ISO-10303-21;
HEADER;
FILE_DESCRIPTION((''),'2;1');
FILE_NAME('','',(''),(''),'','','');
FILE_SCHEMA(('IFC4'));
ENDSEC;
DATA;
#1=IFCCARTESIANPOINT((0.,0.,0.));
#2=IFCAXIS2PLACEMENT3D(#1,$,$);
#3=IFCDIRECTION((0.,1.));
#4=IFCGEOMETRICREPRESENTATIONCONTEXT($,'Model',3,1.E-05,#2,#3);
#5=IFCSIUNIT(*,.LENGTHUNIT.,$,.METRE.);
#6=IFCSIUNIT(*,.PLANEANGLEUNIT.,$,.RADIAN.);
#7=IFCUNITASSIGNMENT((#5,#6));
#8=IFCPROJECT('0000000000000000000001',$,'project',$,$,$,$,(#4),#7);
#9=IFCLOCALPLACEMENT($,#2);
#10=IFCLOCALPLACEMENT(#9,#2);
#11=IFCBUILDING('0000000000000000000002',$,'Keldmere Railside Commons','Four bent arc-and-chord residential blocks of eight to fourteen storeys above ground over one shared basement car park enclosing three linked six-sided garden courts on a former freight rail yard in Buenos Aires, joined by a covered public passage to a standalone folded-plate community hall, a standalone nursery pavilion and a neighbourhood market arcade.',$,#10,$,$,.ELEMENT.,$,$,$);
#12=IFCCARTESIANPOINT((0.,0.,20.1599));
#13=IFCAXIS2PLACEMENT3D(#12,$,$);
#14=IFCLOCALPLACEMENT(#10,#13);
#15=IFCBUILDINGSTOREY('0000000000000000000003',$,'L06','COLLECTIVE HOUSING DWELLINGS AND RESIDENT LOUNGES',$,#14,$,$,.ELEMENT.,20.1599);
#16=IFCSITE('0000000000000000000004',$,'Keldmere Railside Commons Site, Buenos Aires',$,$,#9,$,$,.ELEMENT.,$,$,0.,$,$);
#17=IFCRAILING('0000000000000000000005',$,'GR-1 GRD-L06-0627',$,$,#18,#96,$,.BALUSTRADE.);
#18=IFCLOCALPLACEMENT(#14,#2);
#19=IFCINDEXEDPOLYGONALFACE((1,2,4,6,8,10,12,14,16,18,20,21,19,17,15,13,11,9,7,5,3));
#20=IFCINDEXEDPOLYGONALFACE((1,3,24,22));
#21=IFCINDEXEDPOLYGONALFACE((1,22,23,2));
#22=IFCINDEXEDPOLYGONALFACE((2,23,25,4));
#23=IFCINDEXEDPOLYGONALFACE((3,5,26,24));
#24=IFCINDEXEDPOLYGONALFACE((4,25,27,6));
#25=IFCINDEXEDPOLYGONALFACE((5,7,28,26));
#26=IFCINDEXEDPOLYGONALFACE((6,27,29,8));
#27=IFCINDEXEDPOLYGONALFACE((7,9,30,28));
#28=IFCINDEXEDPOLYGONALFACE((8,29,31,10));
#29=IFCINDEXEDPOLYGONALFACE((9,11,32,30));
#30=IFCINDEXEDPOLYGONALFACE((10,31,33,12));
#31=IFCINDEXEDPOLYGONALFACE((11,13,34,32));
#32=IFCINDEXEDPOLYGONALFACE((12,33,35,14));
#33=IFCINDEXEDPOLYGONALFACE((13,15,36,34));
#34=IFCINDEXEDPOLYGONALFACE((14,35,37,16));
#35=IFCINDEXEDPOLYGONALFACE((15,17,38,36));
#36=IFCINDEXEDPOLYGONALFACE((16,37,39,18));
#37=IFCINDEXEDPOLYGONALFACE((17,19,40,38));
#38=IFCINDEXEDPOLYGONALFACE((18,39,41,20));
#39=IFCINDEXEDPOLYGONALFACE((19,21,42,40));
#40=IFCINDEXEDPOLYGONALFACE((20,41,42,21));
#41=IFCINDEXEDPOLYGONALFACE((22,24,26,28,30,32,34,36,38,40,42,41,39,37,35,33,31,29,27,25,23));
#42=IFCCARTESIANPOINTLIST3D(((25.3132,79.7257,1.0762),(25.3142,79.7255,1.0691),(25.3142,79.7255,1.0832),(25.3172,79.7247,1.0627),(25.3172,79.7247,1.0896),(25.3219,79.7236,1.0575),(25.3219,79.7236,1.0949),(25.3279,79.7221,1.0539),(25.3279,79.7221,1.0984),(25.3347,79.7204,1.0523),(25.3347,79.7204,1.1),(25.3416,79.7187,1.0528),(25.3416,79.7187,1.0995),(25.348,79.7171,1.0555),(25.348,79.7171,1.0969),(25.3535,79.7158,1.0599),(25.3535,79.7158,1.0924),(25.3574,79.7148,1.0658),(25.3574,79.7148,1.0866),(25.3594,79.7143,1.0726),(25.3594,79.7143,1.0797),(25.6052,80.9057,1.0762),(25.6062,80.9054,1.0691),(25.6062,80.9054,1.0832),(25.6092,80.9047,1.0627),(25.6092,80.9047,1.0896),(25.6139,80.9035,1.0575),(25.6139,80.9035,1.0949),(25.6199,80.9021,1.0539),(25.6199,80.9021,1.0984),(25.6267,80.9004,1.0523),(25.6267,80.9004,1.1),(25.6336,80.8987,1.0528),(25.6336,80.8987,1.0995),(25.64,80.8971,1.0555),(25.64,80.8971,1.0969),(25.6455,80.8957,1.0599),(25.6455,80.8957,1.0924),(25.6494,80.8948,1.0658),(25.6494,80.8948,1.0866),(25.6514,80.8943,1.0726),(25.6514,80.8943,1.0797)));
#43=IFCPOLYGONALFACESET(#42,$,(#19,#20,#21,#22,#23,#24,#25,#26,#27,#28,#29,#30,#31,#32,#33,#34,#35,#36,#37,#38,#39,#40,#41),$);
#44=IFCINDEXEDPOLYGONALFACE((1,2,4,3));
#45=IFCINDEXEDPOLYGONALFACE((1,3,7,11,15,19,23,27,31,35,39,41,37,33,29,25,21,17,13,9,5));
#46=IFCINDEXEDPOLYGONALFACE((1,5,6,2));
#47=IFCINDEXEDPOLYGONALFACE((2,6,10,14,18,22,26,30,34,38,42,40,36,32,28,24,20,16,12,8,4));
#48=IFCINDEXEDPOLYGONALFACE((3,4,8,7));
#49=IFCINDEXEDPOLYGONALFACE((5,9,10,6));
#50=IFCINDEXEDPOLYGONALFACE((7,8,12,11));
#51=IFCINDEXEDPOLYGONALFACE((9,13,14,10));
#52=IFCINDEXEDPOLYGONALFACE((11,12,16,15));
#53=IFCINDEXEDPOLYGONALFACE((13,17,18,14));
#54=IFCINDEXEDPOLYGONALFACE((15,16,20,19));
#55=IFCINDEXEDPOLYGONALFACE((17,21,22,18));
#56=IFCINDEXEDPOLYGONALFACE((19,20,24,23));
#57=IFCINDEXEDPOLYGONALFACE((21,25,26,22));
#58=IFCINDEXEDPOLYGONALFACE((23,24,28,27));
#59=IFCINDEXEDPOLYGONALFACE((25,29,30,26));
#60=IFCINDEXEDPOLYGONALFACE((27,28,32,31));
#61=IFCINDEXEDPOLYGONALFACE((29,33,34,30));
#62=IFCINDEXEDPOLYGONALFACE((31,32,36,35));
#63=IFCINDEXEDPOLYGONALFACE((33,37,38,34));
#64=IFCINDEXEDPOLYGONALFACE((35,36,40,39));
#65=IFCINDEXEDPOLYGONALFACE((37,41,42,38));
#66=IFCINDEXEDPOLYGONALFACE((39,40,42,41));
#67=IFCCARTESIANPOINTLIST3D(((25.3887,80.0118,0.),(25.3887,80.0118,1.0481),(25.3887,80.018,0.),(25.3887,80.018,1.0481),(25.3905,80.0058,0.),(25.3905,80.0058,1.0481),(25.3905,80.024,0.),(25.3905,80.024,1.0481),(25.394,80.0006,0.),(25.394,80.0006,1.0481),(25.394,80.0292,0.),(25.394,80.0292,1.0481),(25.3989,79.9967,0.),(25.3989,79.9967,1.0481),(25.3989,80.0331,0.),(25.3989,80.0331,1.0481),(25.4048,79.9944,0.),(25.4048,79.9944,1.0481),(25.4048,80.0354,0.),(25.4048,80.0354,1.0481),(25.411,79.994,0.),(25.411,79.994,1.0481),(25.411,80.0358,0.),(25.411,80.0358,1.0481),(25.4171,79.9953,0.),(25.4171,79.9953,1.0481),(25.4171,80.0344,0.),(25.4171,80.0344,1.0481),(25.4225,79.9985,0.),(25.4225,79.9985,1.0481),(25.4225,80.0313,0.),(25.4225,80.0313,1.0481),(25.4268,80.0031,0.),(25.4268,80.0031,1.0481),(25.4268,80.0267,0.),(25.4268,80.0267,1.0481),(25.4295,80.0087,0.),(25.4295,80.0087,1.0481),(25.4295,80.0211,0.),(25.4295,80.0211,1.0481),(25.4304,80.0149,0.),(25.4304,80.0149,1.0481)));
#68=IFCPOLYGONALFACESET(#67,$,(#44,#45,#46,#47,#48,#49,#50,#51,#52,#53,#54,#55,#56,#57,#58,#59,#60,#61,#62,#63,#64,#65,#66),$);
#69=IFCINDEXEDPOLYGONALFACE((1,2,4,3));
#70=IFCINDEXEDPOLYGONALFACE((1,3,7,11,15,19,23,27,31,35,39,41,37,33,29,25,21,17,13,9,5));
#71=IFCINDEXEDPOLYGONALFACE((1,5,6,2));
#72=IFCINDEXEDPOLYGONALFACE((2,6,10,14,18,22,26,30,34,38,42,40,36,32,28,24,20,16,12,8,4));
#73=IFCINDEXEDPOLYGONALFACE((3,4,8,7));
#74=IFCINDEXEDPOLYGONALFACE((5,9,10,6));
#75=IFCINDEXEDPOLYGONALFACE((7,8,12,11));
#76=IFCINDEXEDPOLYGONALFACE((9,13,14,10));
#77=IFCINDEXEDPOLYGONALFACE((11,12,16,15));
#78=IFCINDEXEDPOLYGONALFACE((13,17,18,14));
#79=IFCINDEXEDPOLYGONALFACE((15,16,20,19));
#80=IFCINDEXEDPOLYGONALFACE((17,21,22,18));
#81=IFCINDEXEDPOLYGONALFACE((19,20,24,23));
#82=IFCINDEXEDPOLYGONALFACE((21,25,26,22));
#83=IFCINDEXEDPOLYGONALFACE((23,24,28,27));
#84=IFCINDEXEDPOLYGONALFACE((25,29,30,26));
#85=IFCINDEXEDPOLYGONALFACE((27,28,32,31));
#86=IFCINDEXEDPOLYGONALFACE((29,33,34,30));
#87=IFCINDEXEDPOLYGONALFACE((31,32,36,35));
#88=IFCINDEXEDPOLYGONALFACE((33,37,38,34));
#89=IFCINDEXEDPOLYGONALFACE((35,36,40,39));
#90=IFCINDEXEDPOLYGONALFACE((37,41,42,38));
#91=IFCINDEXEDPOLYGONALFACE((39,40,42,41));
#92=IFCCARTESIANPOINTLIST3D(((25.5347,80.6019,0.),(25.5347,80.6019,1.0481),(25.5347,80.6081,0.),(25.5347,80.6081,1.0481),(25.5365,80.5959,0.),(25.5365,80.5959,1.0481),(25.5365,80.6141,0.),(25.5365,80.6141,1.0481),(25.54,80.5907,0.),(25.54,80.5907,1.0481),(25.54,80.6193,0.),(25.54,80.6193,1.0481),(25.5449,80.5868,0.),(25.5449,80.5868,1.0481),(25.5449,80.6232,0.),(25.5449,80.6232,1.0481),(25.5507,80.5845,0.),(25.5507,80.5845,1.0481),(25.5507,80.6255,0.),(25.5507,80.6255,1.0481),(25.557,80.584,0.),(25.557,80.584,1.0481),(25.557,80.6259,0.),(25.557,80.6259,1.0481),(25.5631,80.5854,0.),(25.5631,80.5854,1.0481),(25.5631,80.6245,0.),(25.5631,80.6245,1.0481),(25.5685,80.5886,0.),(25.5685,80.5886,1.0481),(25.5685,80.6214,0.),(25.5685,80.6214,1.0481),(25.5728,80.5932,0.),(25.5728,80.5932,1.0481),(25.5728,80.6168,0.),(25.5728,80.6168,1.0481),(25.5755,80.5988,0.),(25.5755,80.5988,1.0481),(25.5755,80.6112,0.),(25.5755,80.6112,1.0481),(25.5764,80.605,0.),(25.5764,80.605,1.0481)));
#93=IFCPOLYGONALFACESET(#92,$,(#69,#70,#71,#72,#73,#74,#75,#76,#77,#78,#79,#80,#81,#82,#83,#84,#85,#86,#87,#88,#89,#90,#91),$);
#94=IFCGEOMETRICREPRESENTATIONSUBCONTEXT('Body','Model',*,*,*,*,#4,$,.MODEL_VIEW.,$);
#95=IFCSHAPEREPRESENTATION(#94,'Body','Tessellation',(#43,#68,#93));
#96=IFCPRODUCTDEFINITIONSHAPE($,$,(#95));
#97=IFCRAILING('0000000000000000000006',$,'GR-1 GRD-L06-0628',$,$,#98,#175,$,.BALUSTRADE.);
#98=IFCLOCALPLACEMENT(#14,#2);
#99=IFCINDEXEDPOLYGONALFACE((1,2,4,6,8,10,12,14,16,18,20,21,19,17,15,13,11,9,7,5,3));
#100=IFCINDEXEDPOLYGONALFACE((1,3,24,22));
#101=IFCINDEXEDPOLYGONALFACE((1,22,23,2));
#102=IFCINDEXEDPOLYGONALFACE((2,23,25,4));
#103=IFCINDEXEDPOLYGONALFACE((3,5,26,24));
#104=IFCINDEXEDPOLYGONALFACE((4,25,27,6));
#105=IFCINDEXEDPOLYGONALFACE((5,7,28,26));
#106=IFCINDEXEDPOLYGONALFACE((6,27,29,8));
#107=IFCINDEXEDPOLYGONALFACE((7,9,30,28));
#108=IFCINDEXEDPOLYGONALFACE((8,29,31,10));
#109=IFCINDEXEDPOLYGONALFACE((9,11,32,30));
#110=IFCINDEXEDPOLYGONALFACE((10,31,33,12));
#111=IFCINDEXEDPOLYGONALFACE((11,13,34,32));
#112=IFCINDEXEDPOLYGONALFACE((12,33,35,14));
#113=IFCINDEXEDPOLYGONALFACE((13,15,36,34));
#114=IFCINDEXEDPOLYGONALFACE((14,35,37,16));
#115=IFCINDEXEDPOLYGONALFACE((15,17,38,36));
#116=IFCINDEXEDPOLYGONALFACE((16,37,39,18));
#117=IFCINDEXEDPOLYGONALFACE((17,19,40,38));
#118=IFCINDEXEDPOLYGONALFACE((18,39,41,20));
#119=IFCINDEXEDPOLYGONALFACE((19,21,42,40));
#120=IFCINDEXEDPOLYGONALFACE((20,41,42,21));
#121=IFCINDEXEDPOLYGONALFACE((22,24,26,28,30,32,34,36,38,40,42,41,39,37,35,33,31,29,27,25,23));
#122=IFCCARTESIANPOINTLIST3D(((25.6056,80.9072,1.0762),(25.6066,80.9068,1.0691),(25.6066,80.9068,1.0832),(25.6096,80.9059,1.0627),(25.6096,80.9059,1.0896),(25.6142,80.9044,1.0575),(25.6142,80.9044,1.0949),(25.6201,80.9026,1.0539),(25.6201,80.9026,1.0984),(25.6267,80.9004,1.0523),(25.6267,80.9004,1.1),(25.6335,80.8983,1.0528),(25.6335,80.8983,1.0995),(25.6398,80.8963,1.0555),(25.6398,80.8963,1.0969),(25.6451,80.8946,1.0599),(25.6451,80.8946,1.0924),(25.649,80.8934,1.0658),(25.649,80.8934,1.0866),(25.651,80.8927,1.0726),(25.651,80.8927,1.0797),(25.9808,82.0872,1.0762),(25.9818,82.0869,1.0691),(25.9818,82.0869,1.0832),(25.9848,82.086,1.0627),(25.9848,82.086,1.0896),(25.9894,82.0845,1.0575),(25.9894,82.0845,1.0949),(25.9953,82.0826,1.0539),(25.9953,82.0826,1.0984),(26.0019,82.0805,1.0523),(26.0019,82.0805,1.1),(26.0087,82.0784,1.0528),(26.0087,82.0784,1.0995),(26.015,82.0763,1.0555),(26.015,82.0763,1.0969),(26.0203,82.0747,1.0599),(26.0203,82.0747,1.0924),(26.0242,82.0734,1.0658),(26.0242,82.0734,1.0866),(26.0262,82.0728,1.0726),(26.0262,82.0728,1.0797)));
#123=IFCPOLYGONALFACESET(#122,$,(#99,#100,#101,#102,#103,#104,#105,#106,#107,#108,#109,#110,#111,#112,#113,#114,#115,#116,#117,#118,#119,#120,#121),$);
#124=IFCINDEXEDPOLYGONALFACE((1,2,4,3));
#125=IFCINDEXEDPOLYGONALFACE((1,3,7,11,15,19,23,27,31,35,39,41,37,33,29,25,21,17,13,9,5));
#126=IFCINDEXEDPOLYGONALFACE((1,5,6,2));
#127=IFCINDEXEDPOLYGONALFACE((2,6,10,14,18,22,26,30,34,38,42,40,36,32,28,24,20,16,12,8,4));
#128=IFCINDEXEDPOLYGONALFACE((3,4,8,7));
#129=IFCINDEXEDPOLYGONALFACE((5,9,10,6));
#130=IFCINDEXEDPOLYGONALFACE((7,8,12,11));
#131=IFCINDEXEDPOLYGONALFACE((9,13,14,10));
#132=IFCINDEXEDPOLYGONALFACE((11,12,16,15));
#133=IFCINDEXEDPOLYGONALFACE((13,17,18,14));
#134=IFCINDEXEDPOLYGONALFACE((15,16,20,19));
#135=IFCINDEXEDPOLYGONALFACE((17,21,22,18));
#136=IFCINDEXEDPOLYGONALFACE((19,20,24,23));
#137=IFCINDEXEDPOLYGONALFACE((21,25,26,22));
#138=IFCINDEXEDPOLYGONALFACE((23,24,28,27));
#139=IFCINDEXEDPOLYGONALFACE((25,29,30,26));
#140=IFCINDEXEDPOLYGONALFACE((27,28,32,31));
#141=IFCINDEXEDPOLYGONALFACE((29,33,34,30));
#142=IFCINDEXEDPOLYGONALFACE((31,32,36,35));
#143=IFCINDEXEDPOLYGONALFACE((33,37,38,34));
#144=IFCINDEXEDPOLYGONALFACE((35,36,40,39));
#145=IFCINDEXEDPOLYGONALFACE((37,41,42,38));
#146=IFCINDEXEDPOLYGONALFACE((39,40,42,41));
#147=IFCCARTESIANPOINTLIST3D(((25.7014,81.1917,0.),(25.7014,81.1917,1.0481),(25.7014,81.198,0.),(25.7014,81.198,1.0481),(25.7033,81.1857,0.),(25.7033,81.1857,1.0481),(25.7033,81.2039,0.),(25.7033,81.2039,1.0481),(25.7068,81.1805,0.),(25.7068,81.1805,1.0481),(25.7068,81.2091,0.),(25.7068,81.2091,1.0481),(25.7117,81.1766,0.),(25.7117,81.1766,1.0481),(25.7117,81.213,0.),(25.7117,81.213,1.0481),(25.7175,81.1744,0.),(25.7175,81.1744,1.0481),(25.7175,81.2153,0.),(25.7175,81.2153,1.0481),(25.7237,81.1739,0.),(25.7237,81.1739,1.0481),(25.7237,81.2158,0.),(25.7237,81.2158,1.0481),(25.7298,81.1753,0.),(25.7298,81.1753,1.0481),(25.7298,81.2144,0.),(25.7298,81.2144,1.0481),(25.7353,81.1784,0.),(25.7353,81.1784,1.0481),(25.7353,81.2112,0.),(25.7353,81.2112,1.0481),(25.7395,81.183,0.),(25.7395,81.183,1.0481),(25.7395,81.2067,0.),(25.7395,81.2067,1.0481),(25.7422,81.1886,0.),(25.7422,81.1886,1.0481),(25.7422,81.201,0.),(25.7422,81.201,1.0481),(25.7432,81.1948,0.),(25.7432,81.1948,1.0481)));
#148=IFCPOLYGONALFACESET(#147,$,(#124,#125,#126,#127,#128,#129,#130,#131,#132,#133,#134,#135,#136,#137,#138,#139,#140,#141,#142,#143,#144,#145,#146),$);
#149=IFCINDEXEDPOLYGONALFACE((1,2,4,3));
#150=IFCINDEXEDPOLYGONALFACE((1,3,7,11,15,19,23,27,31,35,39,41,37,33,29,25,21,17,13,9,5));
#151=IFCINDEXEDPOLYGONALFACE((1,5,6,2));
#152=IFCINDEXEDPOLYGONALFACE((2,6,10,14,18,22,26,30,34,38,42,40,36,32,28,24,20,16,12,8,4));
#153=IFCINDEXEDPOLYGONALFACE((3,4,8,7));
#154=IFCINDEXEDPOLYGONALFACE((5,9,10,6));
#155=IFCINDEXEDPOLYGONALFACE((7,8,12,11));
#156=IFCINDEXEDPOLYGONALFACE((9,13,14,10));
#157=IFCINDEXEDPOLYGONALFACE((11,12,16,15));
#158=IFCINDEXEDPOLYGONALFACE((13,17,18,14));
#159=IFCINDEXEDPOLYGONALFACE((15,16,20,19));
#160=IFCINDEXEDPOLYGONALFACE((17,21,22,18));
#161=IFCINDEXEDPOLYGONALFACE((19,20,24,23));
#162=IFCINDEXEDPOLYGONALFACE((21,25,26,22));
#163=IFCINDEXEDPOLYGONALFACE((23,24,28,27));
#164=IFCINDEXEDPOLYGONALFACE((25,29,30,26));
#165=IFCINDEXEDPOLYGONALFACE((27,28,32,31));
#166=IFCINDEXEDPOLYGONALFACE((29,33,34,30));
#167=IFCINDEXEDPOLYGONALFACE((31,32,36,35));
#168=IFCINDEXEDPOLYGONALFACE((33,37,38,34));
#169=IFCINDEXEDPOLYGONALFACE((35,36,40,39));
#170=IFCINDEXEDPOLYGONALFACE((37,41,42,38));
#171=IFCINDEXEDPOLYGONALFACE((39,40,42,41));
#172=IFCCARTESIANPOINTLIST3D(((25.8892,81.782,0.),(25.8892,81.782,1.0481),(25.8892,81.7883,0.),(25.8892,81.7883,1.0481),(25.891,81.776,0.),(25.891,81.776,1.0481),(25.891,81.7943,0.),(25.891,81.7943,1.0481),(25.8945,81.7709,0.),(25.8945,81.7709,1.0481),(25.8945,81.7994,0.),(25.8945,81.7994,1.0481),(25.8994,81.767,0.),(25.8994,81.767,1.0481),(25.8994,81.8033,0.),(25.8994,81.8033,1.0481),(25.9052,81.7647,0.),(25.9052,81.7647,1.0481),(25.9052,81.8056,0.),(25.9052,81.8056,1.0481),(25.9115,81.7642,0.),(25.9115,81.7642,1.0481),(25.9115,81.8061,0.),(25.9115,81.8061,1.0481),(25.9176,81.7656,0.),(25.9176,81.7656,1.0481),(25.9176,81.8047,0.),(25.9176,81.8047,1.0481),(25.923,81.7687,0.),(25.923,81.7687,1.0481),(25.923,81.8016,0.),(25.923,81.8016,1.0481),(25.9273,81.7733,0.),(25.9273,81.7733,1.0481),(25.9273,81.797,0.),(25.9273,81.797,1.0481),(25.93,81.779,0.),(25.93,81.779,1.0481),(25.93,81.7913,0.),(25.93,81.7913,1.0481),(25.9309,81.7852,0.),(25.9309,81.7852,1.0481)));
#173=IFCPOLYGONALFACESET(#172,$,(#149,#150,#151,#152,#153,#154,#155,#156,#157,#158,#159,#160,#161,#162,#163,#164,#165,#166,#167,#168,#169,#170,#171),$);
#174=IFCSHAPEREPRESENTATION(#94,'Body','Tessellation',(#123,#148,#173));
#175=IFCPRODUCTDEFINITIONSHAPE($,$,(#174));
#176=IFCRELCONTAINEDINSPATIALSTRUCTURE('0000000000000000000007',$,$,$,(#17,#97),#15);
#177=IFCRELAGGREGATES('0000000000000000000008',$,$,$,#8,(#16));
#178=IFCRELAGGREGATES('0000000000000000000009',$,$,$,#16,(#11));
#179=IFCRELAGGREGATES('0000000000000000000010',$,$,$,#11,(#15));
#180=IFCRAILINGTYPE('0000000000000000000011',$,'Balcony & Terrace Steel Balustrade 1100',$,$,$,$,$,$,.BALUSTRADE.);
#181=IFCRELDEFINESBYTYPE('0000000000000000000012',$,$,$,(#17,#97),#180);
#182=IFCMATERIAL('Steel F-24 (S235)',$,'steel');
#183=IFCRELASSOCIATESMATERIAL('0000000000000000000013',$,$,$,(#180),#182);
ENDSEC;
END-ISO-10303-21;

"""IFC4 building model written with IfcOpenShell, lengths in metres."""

from ifc_helpers import new_model, si_unit, direction, frame, origin, origin_2d, place, context, subcontext, project, spatial, circle, extrude, material, type_object, element, save


model = new_model("IFC4")

# Units and contexts
model_context = context("Model", 3, precision=1e-05, world=origin(), true_north=direction((0.0, 1.0)))
body_context = subcontext(model_context, "Body", "Model", "MODEL_VIEW")
ifc_project = project(units=[si_unit("LENGTHUNIT", "METRE"), si_unit("PLANEANGLEUNIT", "RADIAN")], contexts=[model_context])

# Site, building, storey
site_placement = place(None, origin())
site = spatial("IfcSite", under=ifc_project, at=site_placement, Name="Keldmere Railside Commons Site, Buenos Aires", CompositionType="ELEMENT", RefElevation=0.0)
building_placement = place(site_placement, origin())
building = spatial("IfcBuilding", under=site, at=building_placement, Name="Keldmere Railside Commons", Description="Four bent arc-and-chord residential blocks of eight to fourteen storeys above ground over one shared basement car park enclosing three linked six-sided garden courts on a former freight rail yard in Buenos Aires, joined by a covered public passage to a standalone folded-plate community hall, a standalone nursery pavilion and a neighbourhood market arcade.", CompositionType="ELEMENT")
storey_placement = place(building_placement, frame((0.0, 0.0, 20.1599)))
storey = spatial("IfcBuildingStorey", under=building, at=storey_placement, Name="L06", Description="COLLECTIVE HOUSING DWELLINGS AND RESIDENT LOUNGES", CompositionType="ELEMENT", Elevation=20.1599)

# Railings
ifc_material_1 = material(Name="Steel F-24 (S235)", Category="steel")
railing_type = type_object("IfcRailingType", Name="Balcony & Terrace Steel Balustrade 1100", PredefinedType="BALUSTRADE", material=ifc_material_1)
railing_1_placement = place(storey_placement, frame((25.3364, 79.72, 0.0)))
element("IfcRailing", 1, at=railing_1_placement, inside=storey, type_object=railing_type, Name="GR-1 GRD-L06-0627", PredefinedType="BALUSTRADE", context=body_context, shape_type="SweptSolid", body=[
    extrude(circle(Radius=0.0239, at=origin_2d()), frame((0.0, 0.0, 1.0762), z_axis=(0.240219, 0.970719, 0.0), x_axis=(-0.970719, 0.240219, 0.0)), (0.0, 0.0, 1.0), 1.2156),
    extrude(circle(Radius=0.021, at=origin_2d()), frame((0.073, 0.2949, 0.0)), (0.0, 0.0, 1.0), 1.0481),
    extrude(circle(Radius=0.021, at=origin_2d()), frame((0.219, 0.885, 0.0)), (0.0, 0.0, 1.0), 1.0481),
])
railing_2_placement = place(storey_placement, frame((25.6284, 80.8999, 0.0)))
element("IfcRailing", 2, at=railing_2_placement, inside=storey, type_object=railing_type, Name="GR-1 GRD-L06-0628", PredefinedType="BALUSTRADE", context=body_context, shape_type="SweptSolid", body=[
    extrude(circle(Radius=0.0239, at=origin_2d()), frame((0.0, 0.0, 1.0762), z_axis=(0.303008, 0.952988, 0.0), x_axis=(-0.952988, 0.303008, 0.0)), (0.0, 0.0, 1.0), 1.2383),
    extrude(circle(Radius=0.021, at=origin_2d()), frame((0.0938, 0.2949, 0.0)), (0.0, 0.0, 1.0), 1.0481),
    extrude(circle(Radius=0.021, at=origin_2d()), frame((0.2815, 0.8853, 0.0)), (0.0, 0.0, 1.0), 1.0481),
])

save(model, "model.ifc")
